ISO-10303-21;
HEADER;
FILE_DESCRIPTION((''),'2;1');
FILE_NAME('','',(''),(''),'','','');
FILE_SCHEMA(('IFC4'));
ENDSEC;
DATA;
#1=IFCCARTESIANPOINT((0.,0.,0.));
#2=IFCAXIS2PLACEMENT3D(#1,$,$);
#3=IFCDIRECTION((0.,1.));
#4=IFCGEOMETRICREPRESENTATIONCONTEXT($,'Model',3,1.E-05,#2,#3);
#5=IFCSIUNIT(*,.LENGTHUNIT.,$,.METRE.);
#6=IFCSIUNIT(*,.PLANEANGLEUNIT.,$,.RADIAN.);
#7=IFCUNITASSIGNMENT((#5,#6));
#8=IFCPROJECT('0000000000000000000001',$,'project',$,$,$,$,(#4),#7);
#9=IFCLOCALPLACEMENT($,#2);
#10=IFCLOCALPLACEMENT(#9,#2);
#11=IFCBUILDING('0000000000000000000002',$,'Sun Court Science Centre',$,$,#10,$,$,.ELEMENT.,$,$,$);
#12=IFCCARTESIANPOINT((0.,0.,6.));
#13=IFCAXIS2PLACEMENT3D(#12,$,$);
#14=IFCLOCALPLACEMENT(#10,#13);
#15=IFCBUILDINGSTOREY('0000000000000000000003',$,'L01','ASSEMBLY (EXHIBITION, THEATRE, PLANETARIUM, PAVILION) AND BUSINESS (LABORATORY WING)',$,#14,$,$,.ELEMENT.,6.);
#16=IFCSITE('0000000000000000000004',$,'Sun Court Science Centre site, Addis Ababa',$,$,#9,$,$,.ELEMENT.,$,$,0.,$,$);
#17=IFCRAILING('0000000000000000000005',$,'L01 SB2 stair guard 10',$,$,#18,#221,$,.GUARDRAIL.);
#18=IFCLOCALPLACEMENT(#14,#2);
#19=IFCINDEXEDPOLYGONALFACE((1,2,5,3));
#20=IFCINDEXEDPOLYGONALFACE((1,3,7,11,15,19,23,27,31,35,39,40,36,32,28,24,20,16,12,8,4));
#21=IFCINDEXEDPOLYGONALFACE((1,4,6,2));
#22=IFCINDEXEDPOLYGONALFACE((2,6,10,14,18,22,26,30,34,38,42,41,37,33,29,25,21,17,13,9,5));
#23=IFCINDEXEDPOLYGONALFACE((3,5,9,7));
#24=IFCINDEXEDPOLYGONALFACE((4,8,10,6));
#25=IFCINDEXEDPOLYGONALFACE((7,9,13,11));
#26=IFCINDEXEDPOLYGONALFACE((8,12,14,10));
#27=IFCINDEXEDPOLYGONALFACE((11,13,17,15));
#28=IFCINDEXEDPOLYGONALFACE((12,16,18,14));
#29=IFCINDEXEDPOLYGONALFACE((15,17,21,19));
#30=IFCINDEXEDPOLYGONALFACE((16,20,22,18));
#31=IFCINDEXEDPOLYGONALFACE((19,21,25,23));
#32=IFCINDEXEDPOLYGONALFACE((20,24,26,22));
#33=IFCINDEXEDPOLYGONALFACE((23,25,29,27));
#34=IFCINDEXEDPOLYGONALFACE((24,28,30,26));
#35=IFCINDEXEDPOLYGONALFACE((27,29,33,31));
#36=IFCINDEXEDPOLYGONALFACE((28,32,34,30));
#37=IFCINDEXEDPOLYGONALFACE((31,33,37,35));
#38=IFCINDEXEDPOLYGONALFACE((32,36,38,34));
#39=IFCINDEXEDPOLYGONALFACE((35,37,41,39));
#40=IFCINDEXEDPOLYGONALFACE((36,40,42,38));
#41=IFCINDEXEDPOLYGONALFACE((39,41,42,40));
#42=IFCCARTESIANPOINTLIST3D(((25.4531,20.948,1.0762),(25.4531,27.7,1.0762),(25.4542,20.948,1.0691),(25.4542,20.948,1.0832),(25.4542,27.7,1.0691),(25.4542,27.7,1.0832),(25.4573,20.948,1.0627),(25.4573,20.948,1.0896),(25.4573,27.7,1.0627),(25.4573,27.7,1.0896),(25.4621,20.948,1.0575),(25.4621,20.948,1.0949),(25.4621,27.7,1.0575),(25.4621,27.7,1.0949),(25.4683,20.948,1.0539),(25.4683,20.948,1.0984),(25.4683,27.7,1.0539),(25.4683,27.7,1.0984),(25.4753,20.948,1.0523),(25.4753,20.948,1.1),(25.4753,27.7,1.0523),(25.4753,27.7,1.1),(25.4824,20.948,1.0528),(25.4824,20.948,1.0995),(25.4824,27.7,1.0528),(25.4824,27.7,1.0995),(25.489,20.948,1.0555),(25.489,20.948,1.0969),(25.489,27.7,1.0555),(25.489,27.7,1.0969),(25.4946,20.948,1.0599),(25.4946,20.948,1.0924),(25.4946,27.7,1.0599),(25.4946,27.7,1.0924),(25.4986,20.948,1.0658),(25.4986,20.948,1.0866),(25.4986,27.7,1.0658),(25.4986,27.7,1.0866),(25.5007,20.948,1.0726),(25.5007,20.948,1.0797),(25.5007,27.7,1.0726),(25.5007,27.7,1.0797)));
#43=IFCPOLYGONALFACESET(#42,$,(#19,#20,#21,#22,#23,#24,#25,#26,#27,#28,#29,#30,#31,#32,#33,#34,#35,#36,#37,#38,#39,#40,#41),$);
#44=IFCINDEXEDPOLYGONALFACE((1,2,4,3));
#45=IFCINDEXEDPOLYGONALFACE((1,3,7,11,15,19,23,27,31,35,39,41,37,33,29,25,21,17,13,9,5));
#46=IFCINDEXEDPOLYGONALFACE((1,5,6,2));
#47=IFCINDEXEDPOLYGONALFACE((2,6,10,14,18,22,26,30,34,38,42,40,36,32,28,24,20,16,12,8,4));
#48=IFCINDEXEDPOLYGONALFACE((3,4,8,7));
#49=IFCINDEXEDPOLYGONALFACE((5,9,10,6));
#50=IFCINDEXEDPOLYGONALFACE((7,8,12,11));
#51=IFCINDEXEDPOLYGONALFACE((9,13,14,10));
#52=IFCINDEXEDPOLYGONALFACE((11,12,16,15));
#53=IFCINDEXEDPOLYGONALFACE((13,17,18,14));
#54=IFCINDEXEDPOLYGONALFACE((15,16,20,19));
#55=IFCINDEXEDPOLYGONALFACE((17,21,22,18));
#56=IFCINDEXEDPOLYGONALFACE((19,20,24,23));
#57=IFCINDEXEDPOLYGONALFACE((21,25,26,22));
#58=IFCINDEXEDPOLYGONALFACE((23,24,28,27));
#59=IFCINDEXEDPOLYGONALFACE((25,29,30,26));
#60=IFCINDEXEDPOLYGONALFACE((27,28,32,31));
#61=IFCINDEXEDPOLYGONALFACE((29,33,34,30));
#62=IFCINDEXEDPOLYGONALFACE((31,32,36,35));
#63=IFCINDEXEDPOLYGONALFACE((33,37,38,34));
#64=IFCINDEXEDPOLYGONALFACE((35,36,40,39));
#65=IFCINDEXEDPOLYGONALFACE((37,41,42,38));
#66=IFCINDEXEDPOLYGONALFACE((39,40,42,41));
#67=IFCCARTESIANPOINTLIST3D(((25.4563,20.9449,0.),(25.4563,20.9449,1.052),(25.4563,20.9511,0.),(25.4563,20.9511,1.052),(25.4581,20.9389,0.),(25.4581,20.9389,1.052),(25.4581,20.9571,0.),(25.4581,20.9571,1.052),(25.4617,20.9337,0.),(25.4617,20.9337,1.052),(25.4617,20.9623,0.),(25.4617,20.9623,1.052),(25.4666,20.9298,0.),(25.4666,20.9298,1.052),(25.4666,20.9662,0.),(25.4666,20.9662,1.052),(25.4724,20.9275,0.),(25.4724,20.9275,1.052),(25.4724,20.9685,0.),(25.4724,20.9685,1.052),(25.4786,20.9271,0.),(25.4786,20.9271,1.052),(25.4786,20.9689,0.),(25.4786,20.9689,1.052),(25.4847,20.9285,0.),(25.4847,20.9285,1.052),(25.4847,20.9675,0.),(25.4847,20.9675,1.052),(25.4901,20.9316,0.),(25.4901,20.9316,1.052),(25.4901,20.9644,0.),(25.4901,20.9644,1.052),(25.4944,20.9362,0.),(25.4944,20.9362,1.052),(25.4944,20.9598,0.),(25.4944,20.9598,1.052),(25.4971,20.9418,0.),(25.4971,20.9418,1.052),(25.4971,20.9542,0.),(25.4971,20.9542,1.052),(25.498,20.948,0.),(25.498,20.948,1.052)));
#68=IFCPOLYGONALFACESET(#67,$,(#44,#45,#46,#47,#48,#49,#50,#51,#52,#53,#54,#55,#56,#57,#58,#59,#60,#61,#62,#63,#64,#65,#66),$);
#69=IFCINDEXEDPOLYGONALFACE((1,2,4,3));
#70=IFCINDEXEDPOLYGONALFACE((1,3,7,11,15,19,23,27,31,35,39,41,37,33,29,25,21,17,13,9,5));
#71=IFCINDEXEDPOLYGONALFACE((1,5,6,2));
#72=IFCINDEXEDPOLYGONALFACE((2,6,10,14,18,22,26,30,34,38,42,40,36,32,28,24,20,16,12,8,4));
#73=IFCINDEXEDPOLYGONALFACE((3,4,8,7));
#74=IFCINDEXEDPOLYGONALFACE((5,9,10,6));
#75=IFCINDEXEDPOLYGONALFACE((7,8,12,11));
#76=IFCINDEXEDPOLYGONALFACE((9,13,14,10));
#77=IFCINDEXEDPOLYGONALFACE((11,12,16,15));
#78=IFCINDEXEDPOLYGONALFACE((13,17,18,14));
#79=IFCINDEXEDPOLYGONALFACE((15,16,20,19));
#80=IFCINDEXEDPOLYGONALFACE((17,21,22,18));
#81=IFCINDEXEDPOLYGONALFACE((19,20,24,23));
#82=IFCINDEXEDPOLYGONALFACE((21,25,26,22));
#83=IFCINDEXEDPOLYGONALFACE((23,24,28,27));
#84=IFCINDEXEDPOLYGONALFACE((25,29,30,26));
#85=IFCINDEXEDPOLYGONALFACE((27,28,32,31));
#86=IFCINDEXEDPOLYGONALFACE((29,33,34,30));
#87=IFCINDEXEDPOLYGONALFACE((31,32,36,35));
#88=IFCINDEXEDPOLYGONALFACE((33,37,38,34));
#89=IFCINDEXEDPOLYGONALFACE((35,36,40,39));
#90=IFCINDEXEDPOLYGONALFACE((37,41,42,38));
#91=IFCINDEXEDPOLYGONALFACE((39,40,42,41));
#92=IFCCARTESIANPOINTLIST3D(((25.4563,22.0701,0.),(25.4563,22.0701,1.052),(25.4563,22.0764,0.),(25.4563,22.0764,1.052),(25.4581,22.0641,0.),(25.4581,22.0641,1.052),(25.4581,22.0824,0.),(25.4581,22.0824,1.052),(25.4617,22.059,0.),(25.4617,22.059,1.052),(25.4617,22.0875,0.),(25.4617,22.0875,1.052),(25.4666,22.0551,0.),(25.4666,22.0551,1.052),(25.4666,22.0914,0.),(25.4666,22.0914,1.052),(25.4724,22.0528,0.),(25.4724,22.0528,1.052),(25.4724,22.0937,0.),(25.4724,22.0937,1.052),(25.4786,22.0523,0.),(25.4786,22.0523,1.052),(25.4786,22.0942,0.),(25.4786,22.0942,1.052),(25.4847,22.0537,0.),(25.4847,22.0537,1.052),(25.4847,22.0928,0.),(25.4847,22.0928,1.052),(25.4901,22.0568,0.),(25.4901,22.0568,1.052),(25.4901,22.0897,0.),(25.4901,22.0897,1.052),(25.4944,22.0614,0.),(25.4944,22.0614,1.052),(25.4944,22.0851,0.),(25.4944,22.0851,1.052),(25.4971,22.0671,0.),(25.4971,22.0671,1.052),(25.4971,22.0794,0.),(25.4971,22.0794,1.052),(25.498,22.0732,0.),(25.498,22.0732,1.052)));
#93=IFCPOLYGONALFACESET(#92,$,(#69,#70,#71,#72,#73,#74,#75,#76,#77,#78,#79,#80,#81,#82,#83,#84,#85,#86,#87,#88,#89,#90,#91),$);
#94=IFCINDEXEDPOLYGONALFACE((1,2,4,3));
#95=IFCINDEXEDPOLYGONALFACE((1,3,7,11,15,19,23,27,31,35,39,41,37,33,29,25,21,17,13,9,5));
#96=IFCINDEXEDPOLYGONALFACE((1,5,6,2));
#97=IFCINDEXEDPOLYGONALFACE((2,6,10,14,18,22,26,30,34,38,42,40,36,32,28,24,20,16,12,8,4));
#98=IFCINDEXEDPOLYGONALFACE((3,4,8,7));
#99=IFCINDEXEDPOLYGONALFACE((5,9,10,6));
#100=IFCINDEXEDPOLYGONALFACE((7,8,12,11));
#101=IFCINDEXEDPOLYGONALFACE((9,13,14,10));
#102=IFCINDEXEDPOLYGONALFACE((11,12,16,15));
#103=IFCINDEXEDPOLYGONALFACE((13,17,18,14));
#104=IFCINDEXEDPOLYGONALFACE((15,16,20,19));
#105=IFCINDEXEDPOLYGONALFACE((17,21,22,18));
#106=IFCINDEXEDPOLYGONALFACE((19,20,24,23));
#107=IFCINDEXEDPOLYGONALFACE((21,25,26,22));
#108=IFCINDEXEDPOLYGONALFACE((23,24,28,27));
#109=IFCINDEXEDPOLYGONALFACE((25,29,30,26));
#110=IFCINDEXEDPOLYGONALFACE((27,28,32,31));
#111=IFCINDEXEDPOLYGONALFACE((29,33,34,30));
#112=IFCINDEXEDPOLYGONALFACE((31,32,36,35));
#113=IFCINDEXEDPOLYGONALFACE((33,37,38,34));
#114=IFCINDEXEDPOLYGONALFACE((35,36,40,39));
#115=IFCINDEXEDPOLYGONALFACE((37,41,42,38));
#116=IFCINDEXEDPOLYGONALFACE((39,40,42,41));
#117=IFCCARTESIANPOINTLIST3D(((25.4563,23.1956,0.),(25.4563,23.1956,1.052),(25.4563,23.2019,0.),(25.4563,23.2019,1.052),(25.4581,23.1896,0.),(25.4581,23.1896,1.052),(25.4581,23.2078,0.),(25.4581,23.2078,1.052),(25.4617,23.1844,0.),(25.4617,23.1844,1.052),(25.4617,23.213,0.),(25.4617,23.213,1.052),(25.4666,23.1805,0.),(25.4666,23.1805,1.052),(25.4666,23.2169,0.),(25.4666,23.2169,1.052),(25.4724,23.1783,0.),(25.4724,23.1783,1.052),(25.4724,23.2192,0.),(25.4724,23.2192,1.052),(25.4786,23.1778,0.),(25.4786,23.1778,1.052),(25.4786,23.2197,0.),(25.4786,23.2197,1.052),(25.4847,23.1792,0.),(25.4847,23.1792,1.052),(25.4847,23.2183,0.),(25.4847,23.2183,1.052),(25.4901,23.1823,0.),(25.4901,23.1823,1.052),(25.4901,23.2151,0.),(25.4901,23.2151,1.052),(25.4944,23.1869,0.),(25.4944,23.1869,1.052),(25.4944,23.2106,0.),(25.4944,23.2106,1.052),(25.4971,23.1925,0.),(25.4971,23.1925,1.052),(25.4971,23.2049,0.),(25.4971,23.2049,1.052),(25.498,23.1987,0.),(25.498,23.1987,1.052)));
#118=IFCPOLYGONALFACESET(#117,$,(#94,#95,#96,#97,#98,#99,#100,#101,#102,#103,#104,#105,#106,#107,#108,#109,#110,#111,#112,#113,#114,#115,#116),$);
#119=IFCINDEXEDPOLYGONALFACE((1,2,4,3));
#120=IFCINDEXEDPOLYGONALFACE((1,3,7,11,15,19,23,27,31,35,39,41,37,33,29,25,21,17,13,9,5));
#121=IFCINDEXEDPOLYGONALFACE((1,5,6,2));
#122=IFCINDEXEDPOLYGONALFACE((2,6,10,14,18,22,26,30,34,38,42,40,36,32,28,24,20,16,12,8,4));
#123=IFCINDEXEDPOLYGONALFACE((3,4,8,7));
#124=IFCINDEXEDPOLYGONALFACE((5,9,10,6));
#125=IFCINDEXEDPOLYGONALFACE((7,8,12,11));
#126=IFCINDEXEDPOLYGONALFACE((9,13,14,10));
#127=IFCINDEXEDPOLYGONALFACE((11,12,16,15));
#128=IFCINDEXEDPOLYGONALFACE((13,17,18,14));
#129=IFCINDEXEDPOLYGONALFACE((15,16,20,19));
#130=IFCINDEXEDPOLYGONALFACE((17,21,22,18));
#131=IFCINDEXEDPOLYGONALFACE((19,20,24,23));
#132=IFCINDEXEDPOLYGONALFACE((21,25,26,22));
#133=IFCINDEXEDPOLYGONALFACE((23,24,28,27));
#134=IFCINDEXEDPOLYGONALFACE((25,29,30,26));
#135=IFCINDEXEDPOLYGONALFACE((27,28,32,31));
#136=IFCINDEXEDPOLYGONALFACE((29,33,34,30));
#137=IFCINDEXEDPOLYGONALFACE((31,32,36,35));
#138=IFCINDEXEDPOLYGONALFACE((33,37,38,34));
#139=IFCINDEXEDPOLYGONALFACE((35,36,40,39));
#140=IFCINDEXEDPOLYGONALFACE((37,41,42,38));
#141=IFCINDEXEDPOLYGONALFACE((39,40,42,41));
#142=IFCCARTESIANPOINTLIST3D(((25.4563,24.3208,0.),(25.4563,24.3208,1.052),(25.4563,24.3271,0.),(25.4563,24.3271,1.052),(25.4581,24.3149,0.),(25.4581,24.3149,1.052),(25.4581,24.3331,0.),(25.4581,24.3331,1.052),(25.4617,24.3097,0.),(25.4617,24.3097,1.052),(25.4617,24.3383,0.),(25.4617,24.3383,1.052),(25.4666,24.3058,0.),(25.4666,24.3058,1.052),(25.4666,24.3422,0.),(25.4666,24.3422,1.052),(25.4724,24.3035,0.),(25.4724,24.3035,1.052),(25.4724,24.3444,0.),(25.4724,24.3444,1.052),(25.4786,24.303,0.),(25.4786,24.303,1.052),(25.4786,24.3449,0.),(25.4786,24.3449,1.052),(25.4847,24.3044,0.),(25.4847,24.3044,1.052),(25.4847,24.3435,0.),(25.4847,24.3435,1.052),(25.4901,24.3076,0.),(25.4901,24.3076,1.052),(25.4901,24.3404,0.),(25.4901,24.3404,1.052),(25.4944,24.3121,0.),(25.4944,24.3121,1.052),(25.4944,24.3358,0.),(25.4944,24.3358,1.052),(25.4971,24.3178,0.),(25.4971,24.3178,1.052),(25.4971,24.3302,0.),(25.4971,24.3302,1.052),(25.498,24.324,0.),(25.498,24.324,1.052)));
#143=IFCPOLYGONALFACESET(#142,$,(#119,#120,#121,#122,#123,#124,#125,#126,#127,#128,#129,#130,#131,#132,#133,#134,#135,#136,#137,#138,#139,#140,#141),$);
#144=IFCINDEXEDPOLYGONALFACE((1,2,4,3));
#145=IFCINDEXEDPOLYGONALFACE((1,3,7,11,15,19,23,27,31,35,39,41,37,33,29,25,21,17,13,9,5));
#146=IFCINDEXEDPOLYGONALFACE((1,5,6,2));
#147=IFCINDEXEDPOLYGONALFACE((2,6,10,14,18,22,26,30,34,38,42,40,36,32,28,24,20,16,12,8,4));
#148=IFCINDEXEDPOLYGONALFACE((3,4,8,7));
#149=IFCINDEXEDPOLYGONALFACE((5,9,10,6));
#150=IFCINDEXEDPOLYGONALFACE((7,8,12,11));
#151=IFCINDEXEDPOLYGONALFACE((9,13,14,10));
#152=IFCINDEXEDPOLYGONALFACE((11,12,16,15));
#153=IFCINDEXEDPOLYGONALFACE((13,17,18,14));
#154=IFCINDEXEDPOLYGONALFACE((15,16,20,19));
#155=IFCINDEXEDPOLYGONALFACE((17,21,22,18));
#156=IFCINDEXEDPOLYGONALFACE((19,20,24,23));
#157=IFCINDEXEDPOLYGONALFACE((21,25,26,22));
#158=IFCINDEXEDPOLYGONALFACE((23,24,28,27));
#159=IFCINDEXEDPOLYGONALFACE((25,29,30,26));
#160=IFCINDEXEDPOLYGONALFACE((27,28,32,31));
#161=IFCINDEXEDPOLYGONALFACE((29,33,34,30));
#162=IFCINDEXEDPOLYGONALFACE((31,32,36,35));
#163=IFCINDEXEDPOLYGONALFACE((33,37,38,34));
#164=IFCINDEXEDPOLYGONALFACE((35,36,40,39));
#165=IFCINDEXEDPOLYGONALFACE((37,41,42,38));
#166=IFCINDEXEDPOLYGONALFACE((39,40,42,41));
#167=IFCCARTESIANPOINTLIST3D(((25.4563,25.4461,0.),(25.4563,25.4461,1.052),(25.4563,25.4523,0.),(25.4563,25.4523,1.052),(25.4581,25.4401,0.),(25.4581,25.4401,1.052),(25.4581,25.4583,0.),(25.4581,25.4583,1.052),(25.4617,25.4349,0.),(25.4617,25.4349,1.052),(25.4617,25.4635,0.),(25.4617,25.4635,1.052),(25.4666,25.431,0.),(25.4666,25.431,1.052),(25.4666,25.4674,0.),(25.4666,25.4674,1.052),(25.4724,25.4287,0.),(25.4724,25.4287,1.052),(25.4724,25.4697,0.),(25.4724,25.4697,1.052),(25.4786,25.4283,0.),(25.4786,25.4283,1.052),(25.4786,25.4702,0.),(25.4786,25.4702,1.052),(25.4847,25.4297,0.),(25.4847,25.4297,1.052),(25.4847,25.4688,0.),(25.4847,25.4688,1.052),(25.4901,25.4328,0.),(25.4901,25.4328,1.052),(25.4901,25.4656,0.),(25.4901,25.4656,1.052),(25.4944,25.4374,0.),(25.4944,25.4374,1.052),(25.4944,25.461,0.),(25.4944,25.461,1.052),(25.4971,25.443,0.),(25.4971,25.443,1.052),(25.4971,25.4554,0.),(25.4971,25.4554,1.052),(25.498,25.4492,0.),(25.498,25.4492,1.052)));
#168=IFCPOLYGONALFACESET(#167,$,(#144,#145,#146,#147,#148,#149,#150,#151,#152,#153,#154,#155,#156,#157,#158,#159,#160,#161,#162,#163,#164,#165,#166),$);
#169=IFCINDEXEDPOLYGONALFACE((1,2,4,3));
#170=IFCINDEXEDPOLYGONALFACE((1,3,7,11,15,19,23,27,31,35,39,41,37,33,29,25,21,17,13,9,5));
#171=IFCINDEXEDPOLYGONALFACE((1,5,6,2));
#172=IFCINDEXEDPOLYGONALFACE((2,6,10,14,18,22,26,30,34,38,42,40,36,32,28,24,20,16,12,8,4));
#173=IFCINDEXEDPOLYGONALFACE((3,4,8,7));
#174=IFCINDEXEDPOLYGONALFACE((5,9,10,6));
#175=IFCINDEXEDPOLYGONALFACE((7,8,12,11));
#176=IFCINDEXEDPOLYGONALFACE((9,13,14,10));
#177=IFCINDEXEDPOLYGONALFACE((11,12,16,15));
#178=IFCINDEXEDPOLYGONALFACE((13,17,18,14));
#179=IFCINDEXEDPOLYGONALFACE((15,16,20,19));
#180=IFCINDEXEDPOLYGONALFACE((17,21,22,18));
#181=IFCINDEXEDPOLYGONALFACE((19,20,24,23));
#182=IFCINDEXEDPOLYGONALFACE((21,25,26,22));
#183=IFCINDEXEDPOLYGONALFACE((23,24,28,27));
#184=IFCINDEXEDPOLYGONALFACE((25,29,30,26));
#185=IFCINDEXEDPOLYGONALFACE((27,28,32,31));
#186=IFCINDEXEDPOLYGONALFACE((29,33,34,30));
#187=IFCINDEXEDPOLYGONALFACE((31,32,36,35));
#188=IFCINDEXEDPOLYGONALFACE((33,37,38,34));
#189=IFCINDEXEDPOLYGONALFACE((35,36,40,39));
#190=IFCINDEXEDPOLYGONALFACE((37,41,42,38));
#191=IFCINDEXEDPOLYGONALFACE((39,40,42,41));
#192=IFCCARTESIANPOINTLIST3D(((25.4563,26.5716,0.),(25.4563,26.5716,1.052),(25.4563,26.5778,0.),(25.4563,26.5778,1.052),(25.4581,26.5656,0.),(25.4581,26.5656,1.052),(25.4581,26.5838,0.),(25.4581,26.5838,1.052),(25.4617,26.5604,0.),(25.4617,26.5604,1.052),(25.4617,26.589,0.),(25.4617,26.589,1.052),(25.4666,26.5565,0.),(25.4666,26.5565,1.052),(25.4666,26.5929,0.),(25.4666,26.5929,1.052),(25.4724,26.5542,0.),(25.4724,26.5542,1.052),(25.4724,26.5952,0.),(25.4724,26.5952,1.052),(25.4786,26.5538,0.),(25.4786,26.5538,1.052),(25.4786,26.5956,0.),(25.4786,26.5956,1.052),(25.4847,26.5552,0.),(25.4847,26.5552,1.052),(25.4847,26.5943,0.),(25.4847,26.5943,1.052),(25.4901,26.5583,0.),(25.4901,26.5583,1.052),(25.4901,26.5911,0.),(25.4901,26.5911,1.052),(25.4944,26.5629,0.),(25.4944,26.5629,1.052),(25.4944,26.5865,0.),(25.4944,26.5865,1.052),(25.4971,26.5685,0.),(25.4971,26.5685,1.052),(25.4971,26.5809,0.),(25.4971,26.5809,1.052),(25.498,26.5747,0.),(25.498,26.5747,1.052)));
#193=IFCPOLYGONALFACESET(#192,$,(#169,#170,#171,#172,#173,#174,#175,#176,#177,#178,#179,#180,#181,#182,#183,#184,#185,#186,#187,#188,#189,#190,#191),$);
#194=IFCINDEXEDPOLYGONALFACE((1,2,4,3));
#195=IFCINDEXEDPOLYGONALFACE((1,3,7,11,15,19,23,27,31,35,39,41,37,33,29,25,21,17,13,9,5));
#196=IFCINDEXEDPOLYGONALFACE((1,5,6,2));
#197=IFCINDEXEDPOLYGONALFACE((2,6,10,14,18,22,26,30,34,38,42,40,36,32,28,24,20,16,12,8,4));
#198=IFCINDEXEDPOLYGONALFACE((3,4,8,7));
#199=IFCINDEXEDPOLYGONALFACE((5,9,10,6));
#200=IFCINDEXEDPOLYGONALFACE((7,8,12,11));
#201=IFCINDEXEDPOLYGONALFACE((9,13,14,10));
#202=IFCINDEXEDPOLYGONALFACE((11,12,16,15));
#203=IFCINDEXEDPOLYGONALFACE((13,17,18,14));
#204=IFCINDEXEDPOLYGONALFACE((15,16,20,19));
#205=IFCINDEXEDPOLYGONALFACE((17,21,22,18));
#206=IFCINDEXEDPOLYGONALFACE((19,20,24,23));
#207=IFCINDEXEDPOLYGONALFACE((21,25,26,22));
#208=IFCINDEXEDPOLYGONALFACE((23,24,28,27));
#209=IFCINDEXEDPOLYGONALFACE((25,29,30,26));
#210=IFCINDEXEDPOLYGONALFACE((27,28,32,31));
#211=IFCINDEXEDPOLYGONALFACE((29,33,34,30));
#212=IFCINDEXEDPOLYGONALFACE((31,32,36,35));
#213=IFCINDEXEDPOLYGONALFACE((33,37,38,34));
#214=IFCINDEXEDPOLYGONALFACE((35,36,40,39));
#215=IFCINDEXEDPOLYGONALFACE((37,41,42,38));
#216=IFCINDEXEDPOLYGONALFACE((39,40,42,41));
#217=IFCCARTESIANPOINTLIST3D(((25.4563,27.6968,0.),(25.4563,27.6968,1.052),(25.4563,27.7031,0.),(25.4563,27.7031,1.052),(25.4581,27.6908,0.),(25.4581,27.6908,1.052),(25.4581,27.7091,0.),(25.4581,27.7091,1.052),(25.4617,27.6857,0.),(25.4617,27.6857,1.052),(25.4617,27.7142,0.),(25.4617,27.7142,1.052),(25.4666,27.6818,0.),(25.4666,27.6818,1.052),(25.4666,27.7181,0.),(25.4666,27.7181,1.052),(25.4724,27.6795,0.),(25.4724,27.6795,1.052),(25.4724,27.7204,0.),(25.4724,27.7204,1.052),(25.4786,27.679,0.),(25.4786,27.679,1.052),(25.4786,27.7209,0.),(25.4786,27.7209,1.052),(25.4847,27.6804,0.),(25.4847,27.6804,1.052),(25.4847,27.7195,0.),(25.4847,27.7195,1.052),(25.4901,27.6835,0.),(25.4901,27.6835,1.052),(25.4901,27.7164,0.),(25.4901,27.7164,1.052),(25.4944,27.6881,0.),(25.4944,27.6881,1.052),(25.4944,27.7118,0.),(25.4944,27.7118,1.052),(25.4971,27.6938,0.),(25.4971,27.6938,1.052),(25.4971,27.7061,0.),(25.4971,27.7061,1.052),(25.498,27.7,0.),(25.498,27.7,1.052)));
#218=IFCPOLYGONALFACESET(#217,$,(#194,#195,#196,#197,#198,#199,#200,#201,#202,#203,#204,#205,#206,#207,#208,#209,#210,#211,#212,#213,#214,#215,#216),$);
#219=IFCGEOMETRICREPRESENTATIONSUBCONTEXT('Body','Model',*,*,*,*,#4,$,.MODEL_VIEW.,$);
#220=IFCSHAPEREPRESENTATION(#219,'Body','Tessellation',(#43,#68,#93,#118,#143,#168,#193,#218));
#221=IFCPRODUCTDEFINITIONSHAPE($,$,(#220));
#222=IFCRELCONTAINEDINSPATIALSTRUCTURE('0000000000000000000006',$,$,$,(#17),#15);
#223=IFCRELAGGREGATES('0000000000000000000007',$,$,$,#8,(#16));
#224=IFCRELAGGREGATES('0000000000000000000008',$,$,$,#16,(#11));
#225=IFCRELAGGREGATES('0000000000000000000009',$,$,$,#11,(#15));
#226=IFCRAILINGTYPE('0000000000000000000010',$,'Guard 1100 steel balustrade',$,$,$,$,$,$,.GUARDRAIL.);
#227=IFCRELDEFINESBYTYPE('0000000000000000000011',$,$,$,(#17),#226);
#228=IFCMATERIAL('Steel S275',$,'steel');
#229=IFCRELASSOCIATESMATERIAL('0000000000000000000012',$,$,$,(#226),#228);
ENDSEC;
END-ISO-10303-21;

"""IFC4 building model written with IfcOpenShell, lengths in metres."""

from ifc_helpers import new_model, si_unit, direction, frame, origin, origin_2d, place, context, subcontext, project, spatial, circle, extrude, material, type_object, element, save


model = new_model("IFC4")

# Units and contexts
model_context = context("Model", 3, precision=1e-05, world=origin(), true_north=direction((0.0, 1.0)))
body_context = subcontext(model_context, "Body", "Model", "MODEL_VIEW")
ifc_project = project(units=[si_unit("LENGTHUNIT", "METRE"), si_unit("PLANEANGLEUNIT", "RADIAN")], contexts=[model_context])

# Site, building, storey
site_placement = place(None, origin())
site = spatial("IfcSite", under=ifc_project, at=site_placement, Name="Sun Court Science Centre site, Addis Ababa", CompositionType="ELEMENT", RefElevation=0.0)
building_placement = place(site_placement, origin())
building = spatial("IfcBuilding", under=site, at=building_placement, Name="Sun Court Science Centre", CompositionType="ELEMENT")
storey_placement = place(building_placement, frame((0.0, 0.0, 6.0)))
storey = spatial("IfcBuildingStorey", under=building, at=storey_placement, Name="L01", Description="ASSEMBLY (EXHIBITION, THEATRE, PLANETARIUM, PAVILION) AND BUSINESS (LABORATORY WING)", CompositionType="ELEMENT", Elevation=6.0)

# Railing
ifc_material_1 = material(Name="Steel S275", Category="steel")
railing_type = type_object("IfcRailingType", Name="Guard 1100 steel balustrade", PredefinedType="GUARDRAIL", material=ifc_material_1)
railing_placement = place(storey_placement, frame((25.4771, 20.948, 0.0)))
element("IfcRailing", 1, at=railing_placement, inside=storey, type_object=railing_type, Name="L01 SB2 stair guard 10", PredefinedType="GUARDRAIL", context=body_context, shape_type="SweptSolid", body=[
    extrude(circle(Radius=0.0239, at=origin_2d()), frame((0.0, 0.0, 1.0762), z_axis=(0.0, 1.0, 0.0), x_axis=(-1.0, 0.0, 0.0)), (0.0, 0.0, 1.0), 6.752),
    extrude(circle(Radius=0.021, at=origin_2d()), origin(), (0.0, 0.0, 1.0), 1.052),
    extrude(circle(Radius=0.021, at=origin_2d()), frame((0.0, 1.1252, 0.0)), (0.0, 0.0, 1.0), 1.052),
    extrude(circle(Radius=0.021, at=origin_2d()), frame((0.0, 2.2507, 0.0)), (0.0, 0.0, 1.0), 1.052),
    extrude(circle(Radius=0.021, at=origin_2d()), frame((0.0, 3.376, 0.0)), (0.0, 0.0, 1.0), 1.052),
    extrude(circle(Radius=0.021, at=origin_2d()), frame((0.0, 4.5012, 0.0)), (0.0, 0.0, 1.0), 1.052),
    extrude(circle(Radius=0.021, at=origin_2d()), frame((0.0, 5.6267, 0.0)), (0.0, 0.0, 1.0), 1.052),
    extrude(circle(Radius=0.021, at=origin_2d()), frame((0.0, 6.752, 0.0)), (0.0, 0.0, 1.0), 1.052),
])

save(model, "model.ifc")
